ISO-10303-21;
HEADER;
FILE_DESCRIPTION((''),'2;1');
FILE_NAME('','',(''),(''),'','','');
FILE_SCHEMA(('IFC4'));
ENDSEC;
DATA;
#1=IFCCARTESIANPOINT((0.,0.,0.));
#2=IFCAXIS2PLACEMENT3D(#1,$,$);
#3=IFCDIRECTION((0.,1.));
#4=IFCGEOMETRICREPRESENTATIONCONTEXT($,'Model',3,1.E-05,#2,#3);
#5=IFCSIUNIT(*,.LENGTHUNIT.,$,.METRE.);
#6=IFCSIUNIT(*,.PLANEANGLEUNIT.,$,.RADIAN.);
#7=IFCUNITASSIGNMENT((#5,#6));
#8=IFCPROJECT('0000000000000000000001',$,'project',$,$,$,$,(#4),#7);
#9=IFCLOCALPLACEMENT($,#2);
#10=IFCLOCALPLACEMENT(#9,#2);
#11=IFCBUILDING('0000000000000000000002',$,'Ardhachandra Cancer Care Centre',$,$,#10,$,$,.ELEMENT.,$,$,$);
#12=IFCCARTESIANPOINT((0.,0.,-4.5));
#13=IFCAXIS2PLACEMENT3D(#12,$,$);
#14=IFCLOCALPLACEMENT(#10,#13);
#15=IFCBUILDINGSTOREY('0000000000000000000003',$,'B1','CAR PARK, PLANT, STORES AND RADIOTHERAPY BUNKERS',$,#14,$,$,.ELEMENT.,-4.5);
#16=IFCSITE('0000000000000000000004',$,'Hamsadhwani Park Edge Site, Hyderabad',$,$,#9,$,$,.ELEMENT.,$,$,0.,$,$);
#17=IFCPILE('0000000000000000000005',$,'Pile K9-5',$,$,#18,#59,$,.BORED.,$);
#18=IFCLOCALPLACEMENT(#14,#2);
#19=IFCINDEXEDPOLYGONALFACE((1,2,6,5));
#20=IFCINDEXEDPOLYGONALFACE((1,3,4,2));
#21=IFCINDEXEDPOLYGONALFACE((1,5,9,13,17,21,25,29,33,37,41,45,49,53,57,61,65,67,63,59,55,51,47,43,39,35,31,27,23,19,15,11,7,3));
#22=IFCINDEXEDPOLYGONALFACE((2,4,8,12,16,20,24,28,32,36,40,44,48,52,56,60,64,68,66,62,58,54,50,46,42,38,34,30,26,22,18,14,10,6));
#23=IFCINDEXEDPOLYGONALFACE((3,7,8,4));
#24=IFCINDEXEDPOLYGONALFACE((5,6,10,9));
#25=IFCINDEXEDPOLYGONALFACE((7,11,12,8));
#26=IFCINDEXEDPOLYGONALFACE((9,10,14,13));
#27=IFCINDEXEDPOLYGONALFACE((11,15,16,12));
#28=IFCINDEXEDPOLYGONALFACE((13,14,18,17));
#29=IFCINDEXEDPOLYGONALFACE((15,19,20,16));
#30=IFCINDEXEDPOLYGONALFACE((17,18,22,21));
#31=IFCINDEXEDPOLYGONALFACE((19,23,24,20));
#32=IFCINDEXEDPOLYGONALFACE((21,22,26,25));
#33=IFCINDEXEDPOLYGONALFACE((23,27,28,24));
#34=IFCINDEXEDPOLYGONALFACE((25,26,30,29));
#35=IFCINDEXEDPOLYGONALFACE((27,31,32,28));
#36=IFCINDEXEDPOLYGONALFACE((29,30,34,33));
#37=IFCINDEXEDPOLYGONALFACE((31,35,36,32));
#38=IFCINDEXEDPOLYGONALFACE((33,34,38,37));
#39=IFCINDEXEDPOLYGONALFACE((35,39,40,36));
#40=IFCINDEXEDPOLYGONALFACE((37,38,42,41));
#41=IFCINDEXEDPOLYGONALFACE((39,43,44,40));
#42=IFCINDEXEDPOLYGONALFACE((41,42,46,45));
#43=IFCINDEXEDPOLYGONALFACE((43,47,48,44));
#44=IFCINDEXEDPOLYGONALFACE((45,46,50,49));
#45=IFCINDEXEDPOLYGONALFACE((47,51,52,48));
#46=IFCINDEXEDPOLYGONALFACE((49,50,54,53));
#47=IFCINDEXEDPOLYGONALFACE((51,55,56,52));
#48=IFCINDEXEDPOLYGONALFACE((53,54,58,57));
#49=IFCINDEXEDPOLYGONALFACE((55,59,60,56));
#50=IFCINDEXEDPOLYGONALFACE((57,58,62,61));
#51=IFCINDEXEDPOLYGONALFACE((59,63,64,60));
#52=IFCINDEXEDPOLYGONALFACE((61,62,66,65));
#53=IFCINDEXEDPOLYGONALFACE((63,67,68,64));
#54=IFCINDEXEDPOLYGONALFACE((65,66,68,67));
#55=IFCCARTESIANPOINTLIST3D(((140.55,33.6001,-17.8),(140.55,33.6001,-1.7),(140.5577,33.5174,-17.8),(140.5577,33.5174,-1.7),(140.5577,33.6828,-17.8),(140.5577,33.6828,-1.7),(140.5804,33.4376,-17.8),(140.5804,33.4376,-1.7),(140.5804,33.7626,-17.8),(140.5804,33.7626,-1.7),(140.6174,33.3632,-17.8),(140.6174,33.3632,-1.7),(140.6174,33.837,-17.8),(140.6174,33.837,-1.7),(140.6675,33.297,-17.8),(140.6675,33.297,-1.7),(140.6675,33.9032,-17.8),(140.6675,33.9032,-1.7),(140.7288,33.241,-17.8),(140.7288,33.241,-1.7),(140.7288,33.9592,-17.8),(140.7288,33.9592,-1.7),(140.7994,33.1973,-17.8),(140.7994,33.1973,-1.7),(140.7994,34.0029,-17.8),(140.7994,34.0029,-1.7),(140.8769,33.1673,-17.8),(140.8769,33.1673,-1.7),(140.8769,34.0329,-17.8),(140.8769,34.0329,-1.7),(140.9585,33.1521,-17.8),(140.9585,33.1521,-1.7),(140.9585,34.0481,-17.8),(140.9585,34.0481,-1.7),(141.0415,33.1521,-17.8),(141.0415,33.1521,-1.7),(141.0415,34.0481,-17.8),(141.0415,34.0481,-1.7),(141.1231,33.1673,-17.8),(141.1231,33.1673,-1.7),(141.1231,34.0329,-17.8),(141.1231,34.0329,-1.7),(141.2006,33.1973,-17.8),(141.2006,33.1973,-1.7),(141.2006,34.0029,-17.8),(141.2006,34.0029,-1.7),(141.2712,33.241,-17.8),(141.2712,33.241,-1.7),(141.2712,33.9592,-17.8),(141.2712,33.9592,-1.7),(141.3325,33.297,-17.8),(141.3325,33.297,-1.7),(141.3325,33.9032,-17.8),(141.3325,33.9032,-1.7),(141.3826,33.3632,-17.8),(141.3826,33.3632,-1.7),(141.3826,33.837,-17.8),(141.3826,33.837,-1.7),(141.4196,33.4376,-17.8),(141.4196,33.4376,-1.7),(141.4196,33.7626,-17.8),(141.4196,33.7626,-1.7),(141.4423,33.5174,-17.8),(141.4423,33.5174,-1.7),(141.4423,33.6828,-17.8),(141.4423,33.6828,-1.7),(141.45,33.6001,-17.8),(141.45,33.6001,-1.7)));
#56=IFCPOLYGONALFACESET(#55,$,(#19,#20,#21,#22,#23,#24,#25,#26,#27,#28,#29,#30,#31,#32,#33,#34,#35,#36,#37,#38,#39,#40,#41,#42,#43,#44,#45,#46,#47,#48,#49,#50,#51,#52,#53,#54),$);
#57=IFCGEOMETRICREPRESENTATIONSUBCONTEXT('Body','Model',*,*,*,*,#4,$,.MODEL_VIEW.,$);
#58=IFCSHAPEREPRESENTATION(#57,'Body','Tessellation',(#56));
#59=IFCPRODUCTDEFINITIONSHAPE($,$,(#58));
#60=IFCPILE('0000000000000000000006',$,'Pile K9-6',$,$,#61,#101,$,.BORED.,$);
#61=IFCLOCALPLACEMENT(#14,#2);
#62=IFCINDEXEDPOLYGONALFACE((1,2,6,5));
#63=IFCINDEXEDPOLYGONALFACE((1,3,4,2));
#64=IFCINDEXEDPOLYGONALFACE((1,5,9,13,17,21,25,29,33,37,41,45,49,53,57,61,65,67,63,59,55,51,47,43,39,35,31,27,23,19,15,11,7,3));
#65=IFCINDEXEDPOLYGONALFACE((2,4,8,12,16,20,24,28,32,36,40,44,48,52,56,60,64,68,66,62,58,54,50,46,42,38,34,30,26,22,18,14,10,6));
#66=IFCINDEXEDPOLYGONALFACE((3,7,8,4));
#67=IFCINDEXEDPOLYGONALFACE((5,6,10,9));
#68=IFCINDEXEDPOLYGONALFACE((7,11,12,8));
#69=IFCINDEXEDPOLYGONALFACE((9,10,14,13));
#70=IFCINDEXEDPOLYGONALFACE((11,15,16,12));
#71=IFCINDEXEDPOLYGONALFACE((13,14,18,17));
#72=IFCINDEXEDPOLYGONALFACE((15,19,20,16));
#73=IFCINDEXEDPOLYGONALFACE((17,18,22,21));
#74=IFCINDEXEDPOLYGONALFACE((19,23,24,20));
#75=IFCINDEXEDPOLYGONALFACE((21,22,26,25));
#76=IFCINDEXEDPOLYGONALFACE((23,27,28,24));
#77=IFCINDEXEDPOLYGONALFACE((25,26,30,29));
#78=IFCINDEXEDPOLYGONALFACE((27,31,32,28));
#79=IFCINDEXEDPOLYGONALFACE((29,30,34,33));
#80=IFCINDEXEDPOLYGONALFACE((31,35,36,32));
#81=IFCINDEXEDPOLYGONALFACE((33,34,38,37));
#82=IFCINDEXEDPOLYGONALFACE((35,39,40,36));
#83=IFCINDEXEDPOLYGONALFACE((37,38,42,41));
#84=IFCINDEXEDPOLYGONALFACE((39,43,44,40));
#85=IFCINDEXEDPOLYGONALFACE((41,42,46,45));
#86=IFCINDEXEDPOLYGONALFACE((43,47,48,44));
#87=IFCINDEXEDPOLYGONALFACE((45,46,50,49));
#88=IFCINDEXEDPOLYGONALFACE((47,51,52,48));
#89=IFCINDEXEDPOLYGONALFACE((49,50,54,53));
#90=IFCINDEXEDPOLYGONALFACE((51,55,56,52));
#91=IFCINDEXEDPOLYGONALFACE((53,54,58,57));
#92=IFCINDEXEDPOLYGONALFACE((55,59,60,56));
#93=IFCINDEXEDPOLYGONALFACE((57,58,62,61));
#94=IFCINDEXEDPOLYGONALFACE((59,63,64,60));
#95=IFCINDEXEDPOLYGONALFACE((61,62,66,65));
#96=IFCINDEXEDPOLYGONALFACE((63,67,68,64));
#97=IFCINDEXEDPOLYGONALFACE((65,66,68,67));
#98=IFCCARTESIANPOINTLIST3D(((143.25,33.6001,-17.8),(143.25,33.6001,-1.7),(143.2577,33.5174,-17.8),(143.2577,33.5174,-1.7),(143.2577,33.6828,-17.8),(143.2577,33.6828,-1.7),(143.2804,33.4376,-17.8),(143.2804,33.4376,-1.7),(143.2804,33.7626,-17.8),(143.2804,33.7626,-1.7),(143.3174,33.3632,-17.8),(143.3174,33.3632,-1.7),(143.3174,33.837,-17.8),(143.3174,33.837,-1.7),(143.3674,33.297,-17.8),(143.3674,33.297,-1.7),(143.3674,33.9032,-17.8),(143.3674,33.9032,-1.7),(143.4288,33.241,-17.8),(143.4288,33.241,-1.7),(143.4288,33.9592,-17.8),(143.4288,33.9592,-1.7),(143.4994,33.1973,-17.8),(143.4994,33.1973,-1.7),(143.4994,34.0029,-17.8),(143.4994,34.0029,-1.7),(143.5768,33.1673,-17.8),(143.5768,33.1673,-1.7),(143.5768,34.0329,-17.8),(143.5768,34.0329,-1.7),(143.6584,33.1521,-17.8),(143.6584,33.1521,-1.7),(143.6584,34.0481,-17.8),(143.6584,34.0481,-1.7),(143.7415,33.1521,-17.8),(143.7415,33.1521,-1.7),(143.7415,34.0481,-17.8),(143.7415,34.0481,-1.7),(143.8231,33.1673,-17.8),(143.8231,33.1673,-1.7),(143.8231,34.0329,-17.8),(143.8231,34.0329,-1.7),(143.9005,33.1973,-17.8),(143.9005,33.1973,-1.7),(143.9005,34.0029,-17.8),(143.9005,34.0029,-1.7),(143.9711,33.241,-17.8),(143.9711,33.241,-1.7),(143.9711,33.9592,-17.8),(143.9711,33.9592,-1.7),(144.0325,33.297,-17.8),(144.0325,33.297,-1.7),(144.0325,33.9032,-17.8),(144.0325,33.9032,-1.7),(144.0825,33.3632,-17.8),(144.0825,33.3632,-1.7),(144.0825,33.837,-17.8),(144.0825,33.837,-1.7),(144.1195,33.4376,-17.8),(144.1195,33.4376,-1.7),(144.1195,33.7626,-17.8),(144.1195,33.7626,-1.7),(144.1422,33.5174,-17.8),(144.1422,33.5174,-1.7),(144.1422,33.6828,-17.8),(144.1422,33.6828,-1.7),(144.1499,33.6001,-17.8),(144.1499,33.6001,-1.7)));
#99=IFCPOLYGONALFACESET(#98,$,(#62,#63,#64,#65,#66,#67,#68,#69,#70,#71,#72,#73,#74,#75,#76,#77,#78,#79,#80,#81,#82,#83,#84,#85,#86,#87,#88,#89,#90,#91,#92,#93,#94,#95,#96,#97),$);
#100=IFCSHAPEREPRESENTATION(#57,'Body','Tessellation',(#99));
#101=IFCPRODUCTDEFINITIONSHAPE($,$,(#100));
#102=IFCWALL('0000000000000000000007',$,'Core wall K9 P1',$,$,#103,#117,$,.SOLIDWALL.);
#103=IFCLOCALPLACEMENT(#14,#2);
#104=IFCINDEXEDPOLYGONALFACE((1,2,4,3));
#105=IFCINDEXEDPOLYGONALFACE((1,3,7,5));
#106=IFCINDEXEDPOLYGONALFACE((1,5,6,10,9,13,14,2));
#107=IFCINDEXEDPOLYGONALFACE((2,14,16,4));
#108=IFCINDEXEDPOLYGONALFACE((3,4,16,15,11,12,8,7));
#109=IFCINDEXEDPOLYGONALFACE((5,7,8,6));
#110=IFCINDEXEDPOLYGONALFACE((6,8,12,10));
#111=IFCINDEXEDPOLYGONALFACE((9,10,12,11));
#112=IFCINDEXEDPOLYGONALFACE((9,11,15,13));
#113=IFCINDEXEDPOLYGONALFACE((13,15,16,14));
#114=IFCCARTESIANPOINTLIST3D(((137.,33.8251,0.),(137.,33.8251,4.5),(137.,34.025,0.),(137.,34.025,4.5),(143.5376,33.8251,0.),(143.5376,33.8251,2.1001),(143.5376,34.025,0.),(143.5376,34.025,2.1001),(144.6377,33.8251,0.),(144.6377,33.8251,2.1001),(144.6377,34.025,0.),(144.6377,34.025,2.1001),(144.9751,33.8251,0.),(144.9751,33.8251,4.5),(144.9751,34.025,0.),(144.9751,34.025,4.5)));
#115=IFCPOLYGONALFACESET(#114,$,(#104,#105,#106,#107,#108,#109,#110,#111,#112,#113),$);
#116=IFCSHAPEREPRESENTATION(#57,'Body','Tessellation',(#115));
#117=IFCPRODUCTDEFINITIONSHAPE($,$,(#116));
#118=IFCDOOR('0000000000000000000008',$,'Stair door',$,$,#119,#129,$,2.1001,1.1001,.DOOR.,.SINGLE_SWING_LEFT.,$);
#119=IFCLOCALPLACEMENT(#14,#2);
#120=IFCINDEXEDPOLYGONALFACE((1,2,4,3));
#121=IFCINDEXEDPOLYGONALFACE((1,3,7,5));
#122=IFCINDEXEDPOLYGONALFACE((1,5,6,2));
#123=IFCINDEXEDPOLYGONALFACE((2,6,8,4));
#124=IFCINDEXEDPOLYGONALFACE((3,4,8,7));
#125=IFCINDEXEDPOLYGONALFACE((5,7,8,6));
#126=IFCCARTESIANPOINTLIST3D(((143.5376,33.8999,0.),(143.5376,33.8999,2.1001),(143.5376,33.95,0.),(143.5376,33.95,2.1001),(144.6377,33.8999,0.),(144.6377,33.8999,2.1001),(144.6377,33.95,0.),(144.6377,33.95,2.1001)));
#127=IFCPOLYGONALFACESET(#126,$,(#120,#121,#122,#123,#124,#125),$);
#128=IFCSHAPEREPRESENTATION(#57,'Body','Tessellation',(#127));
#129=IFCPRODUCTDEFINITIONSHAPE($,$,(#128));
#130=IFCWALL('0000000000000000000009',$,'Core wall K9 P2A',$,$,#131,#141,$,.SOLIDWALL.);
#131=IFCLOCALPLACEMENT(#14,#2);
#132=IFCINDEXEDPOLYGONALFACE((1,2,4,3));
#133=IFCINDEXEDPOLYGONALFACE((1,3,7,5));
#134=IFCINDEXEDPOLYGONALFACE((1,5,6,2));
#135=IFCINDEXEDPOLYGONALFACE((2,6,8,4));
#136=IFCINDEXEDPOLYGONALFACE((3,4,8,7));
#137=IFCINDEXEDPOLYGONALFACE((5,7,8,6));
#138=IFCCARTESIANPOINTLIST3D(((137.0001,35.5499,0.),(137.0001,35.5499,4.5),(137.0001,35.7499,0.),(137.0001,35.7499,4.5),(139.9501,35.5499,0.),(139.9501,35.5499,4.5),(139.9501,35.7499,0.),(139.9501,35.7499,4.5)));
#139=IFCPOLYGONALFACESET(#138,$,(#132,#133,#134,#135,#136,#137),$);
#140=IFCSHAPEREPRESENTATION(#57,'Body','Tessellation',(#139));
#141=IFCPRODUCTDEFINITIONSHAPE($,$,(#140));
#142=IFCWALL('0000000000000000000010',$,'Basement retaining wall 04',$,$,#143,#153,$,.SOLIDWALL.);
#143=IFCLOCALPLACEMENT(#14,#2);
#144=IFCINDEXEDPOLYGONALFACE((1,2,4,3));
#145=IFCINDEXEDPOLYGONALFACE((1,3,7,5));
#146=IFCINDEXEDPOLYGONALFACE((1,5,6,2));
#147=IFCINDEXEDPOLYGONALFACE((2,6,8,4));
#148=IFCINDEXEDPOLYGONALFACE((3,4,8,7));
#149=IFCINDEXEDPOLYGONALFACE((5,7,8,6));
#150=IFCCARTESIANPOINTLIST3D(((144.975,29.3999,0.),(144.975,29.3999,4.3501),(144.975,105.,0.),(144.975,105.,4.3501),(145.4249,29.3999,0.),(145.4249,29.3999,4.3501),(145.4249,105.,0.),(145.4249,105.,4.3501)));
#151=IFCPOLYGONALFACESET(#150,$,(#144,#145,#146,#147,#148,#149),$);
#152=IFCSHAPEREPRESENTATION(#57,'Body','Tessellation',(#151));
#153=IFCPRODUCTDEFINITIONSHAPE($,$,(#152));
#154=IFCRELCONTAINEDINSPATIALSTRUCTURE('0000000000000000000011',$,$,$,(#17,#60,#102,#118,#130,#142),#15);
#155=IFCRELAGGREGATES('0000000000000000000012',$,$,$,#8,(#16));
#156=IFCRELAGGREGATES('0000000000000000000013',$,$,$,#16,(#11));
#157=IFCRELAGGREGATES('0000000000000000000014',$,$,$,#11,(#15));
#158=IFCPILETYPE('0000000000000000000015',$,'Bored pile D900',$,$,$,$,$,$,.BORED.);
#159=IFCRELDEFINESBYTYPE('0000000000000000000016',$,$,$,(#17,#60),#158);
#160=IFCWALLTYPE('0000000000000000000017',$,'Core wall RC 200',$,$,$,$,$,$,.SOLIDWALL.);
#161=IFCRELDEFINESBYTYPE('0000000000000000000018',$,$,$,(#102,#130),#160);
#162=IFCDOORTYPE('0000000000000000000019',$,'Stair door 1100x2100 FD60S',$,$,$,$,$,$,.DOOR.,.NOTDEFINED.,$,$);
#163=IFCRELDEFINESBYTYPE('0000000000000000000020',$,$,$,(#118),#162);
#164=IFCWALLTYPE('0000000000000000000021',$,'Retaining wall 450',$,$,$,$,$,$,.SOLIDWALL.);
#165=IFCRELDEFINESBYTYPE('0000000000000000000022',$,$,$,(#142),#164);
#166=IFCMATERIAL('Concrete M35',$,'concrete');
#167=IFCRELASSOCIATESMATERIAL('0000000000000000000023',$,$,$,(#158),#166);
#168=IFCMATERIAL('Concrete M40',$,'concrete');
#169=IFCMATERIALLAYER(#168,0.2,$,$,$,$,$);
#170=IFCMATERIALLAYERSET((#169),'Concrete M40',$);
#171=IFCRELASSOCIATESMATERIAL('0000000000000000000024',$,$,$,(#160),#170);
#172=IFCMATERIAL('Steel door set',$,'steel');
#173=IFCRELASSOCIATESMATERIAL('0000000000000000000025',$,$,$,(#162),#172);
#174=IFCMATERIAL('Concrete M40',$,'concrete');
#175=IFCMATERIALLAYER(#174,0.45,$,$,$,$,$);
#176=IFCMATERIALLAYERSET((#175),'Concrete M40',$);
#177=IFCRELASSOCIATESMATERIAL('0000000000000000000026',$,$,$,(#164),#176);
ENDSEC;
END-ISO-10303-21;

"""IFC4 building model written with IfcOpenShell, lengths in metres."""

from ifc_helpers import new_model, si_unit, direction, frame, frame_2d, origin, origin_2d, place, context, subcontext, project, spatial, rectangle, circle, extrude, material, layer, layer_set, material_profile, profile_set, type_object, element, fill, save


model = new_model("IFC4")

# Units and contexts
model_context = context("Model", 3, precision=1e-05, world=origin(), true_north=direction((0.0, 1.0)))
body_context = subcontext(model_context, "Body", "Model", "MODEL_VIEW")
ifc_project = project(units=[si_unit("LENGTHUNIT", "METRE"), si_unit("PLANEANGLEUNIT", "RADIAN")], contexts=[model_context])

# Site, building, storey
site_placement = place(None, origin())
site = spatial("IfcSite", under=ifc_project, at=site_placement, Name="Hamsadhwani Park Edge Site, Hyderabad", CompositionType="ELEMENT", RefElevation=0.0)
building_placement = place(site_placement, origin())
building = spatial("IfcBuilding", under=site, at=building_placement, Name="Ardhachandra Cancer Care Centre", CompositionType="ELEMENT")
storey_placement = place(building_placement, frame((0.0, 0.0, -4.5)))
storey = spatial("IfcBuildingStorey", under=building, at=storey_placement, Name="B1", Description="CAR PARK, PLANT, STORES AND RADIOTHERAPY BUNKERS", CompositionType="ELEMENT", Elevation=-4.5)

# Piles
ifc_material_1 = material(Name="Concrete M35", Category="concrete")
ifc_material_profile = material_profile(ifc_material_1, circle(Radius=0.45, at=origin_2d()), Name="D900")
ifc_profile_set = profile_set([ifc_material_profile], Name="Concrete M35")
pile_type = type_object("IfcPileType", Name="Bored pile D900", PredefinedType="BORED", material=ifc_profile_set)
for number, where, z_axis, x_axis, name in (
    (1, (141.0, 33.6001, -1.7), (0.0, 0.0, -1.0), (1.0, 0.0, 0.0), "Pile K9-5"),
    (2, (143.7, 33.6001, -1.7), (0.0, 0.0, -1.0), (1.0, 0.0, 0.0), "Pile K9-6"),
):
    element("IfcPile", number, at=place(storey_placement, frame(where, z_axis=z_axis, x_axis=x_axis)), inside=storey, type_object=pile_type, Name=name, PredefinedType="BORED", context=body_context, shape_type="SweptSolid", body=[
        extrude(circle(Radius=0.45, at=origin_2d()), origin(), (0.0, 0.0, 1.0), 16.1001),
    ])

# Wall, opening, door
ifc_material_2 = material(Name="Concrete M40", Category="concrete")
ifc_layer_1 = layer(ifc_material_2, 0.2)
ifc_layer_set_1 = layer_set([ifc_layer_1], Name="Concrete M40")
wall_type_1 = type_object("IfcWallType", Name="Core wall RC 200", PredefinedType="SOLIDWALL", material=ifc_layer_set_1)
wall_1_placement = place(storey_placement, frame((137.0, 33.925, 0.0), z_axis=(0.0, 0.0, 1.0), x_axis=(1.0, 0.0, 0.0)))
wall_1 = element("IfcWall", 3, at=wall_1_placement, inside=storey, type_object=wall_type_1, Name="Core wall K9 P1", PredefinedType="SOLIDWALL", context=body_context, shape_type="SweptSolid", body=[
    extrude(rectangle(XDim=7.9751, YDim=0.2, at=frame_2d((3.9875, 0.0))), origin(), (0.0, 0.0, 1.0), 4.5),
])
opening_placement = place(wall_1_placement, frame((6.5376, 0.0, 0.0)))
opening = element("IfcOpeningElement", 4, at=opening_placement, cuts=wall_1, PredefinedType="OPENING", context=body_context, shape_type="SweptSolid", body=[
    extrude(rectangle(XDim=1.1001, YDim=2.1001, at=frame_2d((0.55, 1.05))), frame((0.0, 0.1099, 0.0), z_axis=(0.0, -1.0, 0.0), x_axis=(1.0, 0.0, 0.0)), (0.0, 0.0, 1.0), 0.22),
])
ifc_material_3 = material(Name="Steel door set", Category="steel")
door_type = type_object("IfcDoorType", Name="Stair door 1100x2100 FD60S", OperationType="NOTDEFINED", PredefinedType="DOOR", material=ifc_material_3)
door_placement = place(opening_placement, origin())
door = element("IfcDoor", 5, at=door_placement, inside=storey, type_object=door_type, Name="Stair door", OperationType="SINGLE_SWING_LEFT", OverallHeight=2.1001, OverallWidth=1.1001, PredefinedType="DOOR", context=body_context, shape_type="SweptSolid", body=[
    extrude(rectangle(XDim=1.1001, YDim=2.1001, at=frame_2d((0.55, 1.05))), frame((0.0, 0.0249, 0.0), z_axis=(0.0, -1.0, 0.0), x_axis=(1.0, 0.0, 0.0)), (0.0, 0.0, 1.0), 0.05),
])
fill(opening, door)

# Walls
wall_2_placement = place(storey_placement, frame((137.0, 35.6499, 0.0), z_axis=(0.0, 0.0, 1.0), x_axis=(1.0, 0.0, 0.0)))
element("IfcWall", 6, at=wall_2_placement, inside=storey, type_object=wall_type_1, Name="Core wall K9 P2A", PredefinedType="SOLIDWALL", context=body_context, shape_type="SweptSolid", body=[
    extrude(rectangle(XDim=2.95, YDim=0.2, at=frame_2d((1.4751, 0.0))), origin(), (0.0, 0.0, 1.0), 4.5),
])
ifc_material_4 = material(Name="Concrete M40", Category="concrete")
ifc_layer_2 = layer(ifc_material_4, 0.45)
ifc_layer_set_2 = layer_set([ifc_layer_2], Name="Concrete M40")
wall_type_2 = type_object("IfcWallType", Name="Retaining wall 450", PredefinedType="SOLIDWALL", material=ifc_layer_set_2)
wall_3_placement = place(storey_placement, frame((145.2, 29.3999, 0.0), z_axis=(0.0, 0.0, 1.0), x_axis=(0.0, 1.0, 0.0)))
element("IfcWall", 7, at=wall_3_placement, inside=storey, type_object=wall_type_2, Name="Basement retaining wall 04", PredefinedType="SOLIDWALL", context=body_context, shape_type="SweptSolid", body=[
    extrude(rectangle(XDim=75.6001, YDim=0.45, at=frame_2d((37.8, 0.0))), origin(), (0.0, 0.0, 1.0), 4.3501),
])

save(model, "model.ifc")
